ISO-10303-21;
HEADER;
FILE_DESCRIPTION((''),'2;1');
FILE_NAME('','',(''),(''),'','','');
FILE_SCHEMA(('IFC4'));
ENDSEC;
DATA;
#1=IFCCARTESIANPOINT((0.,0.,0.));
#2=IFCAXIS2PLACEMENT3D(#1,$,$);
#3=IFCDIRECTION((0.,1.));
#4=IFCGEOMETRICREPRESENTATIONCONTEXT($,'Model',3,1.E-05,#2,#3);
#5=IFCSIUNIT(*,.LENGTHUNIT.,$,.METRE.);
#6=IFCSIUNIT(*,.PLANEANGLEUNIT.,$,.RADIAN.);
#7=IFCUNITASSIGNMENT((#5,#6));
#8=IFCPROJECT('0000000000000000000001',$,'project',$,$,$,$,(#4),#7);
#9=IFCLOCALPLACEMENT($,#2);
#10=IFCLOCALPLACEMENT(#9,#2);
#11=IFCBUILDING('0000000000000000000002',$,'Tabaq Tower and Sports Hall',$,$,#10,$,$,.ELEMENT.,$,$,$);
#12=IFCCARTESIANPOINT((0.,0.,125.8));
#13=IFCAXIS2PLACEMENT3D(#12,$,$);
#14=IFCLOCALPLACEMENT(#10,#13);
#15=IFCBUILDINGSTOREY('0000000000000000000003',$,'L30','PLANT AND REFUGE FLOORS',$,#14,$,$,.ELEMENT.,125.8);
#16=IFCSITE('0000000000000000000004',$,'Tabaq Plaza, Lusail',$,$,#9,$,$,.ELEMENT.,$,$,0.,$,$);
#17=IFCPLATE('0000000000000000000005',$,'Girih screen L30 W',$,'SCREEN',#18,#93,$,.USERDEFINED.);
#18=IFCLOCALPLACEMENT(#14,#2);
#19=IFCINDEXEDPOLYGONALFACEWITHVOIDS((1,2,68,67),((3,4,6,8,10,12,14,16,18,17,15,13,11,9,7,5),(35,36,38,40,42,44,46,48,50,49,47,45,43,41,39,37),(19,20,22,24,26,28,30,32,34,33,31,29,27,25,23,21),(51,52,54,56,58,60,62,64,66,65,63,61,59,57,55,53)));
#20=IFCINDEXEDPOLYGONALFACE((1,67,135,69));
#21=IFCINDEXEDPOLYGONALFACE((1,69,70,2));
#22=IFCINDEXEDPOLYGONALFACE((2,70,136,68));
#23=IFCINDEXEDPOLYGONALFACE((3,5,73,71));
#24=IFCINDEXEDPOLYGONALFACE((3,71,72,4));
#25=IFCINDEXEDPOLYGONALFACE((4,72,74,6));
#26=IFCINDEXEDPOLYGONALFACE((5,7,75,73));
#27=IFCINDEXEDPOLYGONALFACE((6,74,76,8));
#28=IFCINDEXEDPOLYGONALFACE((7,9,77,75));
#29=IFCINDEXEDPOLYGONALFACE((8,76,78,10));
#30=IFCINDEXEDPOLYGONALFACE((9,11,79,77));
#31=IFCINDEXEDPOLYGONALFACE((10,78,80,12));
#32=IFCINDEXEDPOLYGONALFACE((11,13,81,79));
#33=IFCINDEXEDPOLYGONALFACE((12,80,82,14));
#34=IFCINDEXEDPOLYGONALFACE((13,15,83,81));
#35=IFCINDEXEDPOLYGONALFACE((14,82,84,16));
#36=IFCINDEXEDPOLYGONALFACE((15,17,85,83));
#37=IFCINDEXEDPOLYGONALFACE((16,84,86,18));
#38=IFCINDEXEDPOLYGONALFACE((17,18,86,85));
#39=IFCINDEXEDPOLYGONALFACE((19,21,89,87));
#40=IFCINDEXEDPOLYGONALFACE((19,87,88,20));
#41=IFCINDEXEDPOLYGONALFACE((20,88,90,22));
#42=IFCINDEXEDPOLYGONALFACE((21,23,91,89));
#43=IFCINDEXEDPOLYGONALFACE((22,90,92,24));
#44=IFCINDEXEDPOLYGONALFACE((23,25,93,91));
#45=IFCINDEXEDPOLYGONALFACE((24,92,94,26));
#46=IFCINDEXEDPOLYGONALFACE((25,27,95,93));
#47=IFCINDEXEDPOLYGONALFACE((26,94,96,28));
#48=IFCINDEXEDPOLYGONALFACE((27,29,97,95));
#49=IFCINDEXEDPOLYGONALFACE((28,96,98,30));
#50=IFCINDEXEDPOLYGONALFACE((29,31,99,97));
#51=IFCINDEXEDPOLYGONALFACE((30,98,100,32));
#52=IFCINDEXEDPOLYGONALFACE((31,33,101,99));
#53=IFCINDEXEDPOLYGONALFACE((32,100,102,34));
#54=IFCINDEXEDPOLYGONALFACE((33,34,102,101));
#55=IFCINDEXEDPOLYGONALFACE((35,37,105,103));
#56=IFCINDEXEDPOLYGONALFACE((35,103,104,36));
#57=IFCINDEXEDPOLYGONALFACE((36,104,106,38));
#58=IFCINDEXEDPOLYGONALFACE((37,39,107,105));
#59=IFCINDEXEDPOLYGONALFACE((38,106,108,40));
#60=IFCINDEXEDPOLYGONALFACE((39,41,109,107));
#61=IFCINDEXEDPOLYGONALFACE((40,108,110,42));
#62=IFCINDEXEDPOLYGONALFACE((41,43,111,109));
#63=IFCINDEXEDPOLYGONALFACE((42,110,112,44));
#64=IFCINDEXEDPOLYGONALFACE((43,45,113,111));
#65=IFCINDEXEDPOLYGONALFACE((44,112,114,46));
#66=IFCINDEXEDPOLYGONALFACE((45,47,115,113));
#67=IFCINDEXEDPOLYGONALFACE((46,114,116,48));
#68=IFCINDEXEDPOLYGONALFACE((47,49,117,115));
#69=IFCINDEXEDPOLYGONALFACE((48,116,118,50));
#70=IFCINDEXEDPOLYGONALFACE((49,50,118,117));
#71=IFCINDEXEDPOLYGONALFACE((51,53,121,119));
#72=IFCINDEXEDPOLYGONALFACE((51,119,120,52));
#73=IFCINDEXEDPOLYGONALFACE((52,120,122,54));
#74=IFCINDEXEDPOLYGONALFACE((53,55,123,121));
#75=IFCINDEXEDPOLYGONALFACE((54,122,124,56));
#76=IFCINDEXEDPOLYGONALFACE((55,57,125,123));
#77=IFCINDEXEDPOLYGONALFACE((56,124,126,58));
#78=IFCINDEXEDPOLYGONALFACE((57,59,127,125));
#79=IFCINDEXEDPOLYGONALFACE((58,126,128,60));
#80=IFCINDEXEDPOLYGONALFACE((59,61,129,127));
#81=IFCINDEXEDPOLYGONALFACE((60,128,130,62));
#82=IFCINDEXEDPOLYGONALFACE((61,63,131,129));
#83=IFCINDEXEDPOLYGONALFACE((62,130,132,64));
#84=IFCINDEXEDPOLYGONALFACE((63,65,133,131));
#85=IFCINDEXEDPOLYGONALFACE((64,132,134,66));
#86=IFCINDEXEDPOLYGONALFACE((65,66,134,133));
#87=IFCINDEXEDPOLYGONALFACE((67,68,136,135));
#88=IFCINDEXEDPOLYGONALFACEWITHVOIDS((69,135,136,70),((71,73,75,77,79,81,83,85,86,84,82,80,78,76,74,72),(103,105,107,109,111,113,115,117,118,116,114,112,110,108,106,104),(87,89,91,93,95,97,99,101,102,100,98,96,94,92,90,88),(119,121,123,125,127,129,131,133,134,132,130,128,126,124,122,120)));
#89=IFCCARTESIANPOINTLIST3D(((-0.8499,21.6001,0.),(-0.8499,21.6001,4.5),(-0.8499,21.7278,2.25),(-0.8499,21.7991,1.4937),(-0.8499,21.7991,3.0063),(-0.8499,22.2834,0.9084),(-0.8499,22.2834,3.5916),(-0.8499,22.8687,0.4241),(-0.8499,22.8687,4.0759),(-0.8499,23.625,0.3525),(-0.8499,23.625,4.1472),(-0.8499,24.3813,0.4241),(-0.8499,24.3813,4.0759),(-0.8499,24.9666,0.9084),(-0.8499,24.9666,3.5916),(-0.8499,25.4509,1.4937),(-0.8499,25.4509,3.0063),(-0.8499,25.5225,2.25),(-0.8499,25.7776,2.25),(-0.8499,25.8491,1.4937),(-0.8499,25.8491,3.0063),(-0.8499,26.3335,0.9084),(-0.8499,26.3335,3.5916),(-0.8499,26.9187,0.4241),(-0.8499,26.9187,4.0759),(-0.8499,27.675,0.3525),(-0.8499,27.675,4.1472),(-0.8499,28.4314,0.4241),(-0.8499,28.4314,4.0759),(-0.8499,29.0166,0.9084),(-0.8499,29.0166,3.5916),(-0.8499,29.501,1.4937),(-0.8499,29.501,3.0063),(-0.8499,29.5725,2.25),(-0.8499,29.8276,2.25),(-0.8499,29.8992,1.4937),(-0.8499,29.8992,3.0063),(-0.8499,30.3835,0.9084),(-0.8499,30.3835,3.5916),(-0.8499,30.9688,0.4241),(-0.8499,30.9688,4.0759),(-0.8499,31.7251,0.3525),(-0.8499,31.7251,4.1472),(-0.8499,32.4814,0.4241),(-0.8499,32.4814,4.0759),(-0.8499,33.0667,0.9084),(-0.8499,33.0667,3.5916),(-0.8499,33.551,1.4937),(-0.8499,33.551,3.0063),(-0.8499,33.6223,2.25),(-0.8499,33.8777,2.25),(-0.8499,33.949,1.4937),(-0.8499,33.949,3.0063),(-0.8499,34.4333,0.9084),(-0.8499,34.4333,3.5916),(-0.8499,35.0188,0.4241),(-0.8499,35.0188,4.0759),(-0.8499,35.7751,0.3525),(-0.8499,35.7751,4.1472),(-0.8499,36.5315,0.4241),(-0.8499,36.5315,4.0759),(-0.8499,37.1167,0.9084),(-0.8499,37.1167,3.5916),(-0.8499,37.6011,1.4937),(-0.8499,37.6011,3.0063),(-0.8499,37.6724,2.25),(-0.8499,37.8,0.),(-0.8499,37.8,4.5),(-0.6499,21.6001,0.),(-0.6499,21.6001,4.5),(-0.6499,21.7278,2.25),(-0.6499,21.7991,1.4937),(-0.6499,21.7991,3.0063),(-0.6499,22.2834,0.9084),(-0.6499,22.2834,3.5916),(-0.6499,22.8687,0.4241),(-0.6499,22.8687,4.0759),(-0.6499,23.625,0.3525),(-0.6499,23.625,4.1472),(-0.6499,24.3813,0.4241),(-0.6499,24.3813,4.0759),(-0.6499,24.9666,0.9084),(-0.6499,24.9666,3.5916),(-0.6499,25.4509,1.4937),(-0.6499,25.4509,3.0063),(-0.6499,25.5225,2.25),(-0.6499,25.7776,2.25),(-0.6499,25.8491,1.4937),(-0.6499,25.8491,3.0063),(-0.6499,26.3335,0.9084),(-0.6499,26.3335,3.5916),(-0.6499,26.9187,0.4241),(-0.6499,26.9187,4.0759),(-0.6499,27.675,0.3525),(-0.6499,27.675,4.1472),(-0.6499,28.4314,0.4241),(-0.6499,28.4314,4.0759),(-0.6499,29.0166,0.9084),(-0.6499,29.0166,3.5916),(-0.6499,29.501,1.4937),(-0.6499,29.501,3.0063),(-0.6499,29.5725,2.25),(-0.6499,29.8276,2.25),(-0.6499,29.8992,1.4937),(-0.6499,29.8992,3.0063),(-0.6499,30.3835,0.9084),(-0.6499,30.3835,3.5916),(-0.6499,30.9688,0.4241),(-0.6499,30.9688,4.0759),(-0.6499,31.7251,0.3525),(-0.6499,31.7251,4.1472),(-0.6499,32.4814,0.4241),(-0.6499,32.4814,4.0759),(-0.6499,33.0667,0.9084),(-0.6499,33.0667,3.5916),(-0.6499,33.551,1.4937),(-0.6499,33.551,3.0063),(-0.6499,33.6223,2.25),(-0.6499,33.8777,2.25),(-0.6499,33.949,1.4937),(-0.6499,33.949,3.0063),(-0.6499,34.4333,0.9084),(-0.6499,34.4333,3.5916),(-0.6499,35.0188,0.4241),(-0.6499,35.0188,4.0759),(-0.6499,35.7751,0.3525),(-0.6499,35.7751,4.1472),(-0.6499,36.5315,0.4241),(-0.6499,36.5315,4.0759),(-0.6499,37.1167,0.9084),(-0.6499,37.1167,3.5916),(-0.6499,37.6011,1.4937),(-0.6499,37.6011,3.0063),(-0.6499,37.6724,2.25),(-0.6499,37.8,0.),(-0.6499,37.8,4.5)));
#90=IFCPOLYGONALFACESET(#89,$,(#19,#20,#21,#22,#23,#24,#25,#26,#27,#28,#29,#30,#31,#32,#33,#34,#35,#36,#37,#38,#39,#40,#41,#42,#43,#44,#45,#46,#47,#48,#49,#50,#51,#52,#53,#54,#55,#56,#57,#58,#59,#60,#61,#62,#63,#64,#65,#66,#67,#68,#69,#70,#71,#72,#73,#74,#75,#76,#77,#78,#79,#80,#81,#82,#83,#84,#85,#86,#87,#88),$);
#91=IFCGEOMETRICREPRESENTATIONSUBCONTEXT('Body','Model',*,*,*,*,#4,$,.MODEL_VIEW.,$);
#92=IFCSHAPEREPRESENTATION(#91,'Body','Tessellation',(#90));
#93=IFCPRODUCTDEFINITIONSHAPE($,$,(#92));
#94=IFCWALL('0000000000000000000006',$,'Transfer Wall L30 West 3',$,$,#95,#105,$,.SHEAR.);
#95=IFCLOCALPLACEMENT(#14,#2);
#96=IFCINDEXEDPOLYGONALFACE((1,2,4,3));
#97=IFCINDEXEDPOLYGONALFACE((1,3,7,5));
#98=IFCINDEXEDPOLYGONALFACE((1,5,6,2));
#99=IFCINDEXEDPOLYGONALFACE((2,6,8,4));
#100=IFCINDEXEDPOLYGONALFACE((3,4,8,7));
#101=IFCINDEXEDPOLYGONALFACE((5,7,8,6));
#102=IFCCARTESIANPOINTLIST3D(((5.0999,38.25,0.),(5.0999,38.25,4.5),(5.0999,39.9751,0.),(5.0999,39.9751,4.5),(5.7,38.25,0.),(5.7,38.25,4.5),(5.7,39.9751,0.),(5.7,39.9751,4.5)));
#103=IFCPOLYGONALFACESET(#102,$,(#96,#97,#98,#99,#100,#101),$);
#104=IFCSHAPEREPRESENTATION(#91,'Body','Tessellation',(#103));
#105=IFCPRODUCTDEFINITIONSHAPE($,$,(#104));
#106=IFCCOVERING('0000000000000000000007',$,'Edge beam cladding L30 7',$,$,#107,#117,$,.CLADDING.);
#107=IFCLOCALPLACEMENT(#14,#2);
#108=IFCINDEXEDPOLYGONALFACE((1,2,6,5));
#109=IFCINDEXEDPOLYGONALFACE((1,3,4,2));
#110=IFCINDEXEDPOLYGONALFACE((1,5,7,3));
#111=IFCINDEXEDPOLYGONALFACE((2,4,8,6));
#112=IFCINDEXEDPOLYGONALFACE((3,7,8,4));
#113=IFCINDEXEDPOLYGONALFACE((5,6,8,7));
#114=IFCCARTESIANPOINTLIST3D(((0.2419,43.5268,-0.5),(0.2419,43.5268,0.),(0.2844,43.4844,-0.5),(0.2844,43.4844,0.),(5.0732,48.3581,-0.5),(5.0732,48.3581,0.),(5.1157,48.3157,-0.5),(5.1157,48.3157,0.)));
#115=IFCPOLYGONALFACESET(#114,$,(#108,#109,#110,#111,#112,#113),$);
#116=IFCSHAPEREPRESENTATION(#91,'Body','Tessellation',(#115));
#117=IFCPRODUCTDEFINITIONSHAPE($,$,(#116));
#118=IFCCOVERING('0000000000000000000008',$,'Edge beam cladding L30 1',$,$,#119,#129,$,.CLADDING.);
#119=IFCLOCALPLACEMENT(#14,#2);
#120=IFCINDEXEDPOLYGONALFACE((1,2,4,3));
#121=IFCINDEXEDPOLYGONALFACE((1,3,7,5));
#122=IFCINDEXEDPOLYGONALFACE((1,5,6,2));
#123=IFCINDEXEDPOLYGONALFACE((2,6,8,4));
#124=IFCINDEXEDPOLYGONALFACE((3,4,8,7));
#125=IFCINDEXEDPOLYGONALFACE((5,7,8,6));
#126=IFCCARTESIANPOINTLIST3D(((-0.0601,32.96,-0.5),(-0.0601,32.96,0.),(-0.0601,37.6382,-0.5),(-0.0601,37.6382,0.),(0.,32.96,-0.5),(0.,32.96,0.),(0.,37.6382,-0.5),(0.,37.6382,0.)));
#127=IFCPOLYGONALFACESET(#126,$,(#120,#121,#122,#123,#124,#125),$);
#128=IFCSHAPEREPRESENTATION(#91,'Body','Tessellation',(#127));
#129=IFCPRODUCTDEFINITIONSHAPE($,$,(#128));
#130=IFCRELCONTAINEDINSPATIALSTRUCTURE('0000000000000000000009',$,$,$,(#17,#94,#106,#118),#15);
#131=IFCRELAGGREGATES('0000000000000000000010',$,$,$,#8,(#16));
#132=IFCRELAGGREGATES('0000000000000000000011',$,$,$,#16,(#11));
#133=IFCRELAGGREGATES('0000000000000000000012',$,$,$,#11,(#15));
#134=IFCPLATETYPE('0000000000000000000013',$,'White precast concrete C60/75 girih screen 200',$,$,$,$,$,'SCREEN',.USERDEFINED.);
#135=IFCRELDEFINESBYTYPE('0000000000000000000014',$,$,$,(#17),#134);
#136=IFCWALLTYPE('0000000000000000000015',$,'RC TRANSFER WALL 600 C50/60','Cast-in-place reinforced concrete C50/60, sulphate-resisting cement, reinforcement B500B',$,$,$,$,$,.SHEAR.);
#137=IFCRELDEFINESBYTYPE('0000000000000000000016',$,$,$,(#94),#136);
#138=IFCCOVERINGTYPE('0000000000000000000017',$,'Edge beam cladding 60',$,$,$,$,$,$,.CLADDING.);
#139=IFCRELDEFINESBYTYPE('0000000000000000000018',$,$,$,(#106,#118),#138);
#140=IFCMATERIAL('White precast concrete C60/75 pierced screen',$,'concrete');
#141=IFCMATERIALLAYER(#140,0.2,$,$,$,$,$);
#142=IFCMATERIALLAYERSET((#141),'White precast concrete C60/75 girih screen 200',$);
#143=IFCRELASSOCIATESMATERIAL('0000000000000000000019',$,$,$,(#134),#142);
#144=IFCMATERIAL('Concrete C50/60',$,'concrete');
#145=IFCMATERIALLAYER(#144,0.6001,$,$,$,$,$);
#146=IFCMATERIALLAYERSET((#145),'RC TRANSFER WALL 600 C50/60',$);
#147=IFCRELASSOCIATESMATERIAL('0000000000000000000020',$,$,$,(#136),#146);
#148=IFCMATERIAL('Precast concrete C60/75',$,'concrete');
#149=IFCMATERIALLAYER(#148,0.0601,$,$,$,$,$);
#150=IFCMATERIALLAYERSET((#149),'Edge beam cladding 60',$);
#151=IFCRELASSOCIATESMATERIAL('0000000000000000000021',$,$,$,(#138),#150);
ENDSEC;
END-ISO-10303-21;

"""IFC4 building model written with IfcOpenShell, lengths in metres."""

from ifc_helpers import new_model, si_unit, direction, frame, frame_2d, origin, place, context, subcontext, project, spatial, polyline, rectangle, outline, extrude, material, layer, layer_set, type_object, element, save


model = new_model("IFC4")

# Units and contexts
model_context = context("Model", 3, precision=1e-05, world=origin(), true_north=direction((0.0, 1.0)))
body_context = subcontext(model_context, "Body", "Model", "MODEL_VIEW")
ifc_project = project(units=[si_unit("LENGTHUNIT", "METRE"), si_unit("PLANEANGLEUNIT", "RADIAN")], contexts=[model_context])

# Site, building, storey
site_placement = place(None, origin())
site = spatial("IfcSite", under=ifc_project, at=site_placement, Name="Tabaq Plaza, Lusail", CompositionType="ELEMENT", RefElevation=0.0)
building_placement = place(site_placement, origin())
building = spatial("IfcBuilding", under=site, at=building_placement, Name="Tabaq Tower and Sports Hall", CompositionType="ELEMENT")
storey_placement = place(building_placement, frame((0.0, 0.0, 125.8)))
storey = spatial("IfcBuildingStorey", under=building, at=storey_placement, Name="L30", Description="PLANT AND REFUGE FLOORS", CompositionType="ELEMENT", Elevation=125.8)

# Plate
ifc_material_1 = material(Name="White precast concrete C60/75 pierced screen", Category="concrete")
ifc_layer_1 = layer(ifc_material_1, 0.2)
ifc_layer_set_1 = layer_set([ifc_layer_1], Name="White precast concrete C60/75 girih screen 200")
plate_type_1 = type_object("IfcPlateType", Name="White precast concrete C60/75 girih screen 200", ElementType="SCREEN", PredefinedType="USERDEFINED", material=ifc_layer_set_1)
plate_1_placement = place(storey_placement, frame((-0.75, 37.8, 0.0), z_axis=(0.0, 0.0, 1.0), x_axis=(0.0, -1.0, 0.0)))
element("IfcPlate", 1, at=plate_1_placement, inside=storey, type_object=plate_type_1, Name="Girih screen L30 W", ObjectType="SCREEN", PredefinedType="USERDEFINED", context=body_context, shape_type="SweptSolid", body=[
    extrude(outline(polyline([(0.0, 0.0), (16.2, 0.0), (16.2, 4.5), (0.0, 4.5), (0.0, 0.0)]), holes=[polyline([(3.8511, 3.0063), (3.3667, 3.5916), (2.7812, 4.0759), (2.0249, 4.1472), (1.2686, 4.0759), (0.6833, 3.5916), (0.199, 3.0063), (0.1277, 2.25), (0.199, 1.4937), (0.6833, 0.9084), (1.2686, 0.4241), (2.0249, 0.3525), (2.7812, 0.4241), (3.3667, 0.9084), (3.8511, 1.4937), (3.9224, 2.25), (3.8511, 3.0063)]), polyline([(7.9009, 3.0063), (7.4165, 3.5916), (6.8313, 4.0759), (6.075, 4.1472), (5.3186, 4.0759), (4.7334, 3.5916), (4.249, 3.0063), (4.1777, 2.25), (4.249, 1.4937), (4.7334, 0.9084), (5.3186, 0.4241), (6.075, 0.3525), (6.8313, 0.4241), (7.4165, 0.9084), (7.9009, 1.4937), (7.9724, 2.25), (7.9009, 3.0063)]), polyline([(11.9509, 3.0063), (11.4666, 3.5916), (10.8813, 4.0759), (10.125, 4.1472), (9.3687, 4.0759), (8.7834, 3.5916), (8.2991, 3.0063), (8.2275, 2.25), (8.2991, 1.4937), (8.7834, 0.9084), (9.3687, 0.4241), (10.125, 0.3525), (10.8813, 0.4241), (11.4666, 0.9084), (11.9509, 1.4937), (12.0225, 2.25), (11.9509, 3.0063)]), polyline([(16.001, 3.0063), (15.5166, 3.5916), (14.9314, 4.0759), (14.175, 4.1472), (13.4187, 4.0759), (12.8335, 3.5916), (12.3491, 3.0063), (12.2776, 2.25), (12.3491, 1.4937), (12.8335, 0.9084), (13.4187, 0.4241), (14.175, 0.3525), (14.9314, 0.4241), (15.5166, 0.9084), (16.001, 1.4937), (16.0723, 2.25), (16.001, 3.0063)])]), frame((0.0, 0.1001, 0.0), z_axis=(0.0, -1.0, 0.0), x_axis=(1.0, 0.0, 0.0)), (0.0, 0.0, 1.0), 0.2),
])

# Wall
ifc_material_2 = material(Name="Concrete C50/60", Category="concrete")
ifc_layer_2 = layer(ifc_material_2, 0.6001)
ifc_layer_set_2 = layer_set([ifc_layer_2], Name="RC TRANSFER WALL 600 C50/60")
wall_type = type_object("IfcWallType", Name="RC TRANSFER WALL 600 C50/60", Description="Cast-in-place reinforced concrete C50/60, sulphate-resisting cement, reinforcement B500B", PredefinedType="SHEAR", material=ifc_layer_set_2)
wall_placement = place(storey_placement, frame((5.3999, 38.25, 0.0), z_axis=(0.0, 0.0, 1.0), x_axis=(0.0, 1.0, 0.0)))
element("IfcWall", 2, at=wall_placement, inside=storey, type_object=wall_type, Name="Transfer Wall L30 West 3", PredefinedType="SHEAR", context=body_context, shape_type="SweptSolid", body=[
    extrude(rectangle(XDim=1.7251, YDim=0.6001, at=frame_2d((0.8625, 0.0))), origin(), (0.0, 0.0, 1.0), 4.5),
])

# Coverings
ifc_material_3 = material(Name="Precast concrete C60/75", Category="concrete")
ifc_layer_3 = layer(ifc_material_3, 0.0601)
ifc_layer_set_3 = layer_set([ifc_layer_3], Name="Edge beam cladding 60")
covering_type_1 = type_object("IfcCoveringType", Name="Edge beam cladding 60", PredefinedType="CLADDING", material=ifc_layer_set_3)
covering_1_placement = place(storey_placement, frame((5.0945, 48.3369, -0.5), z_axis=(0.0, 0.0, 1.0), x_axis=(-0.707107, -0.707107, 0.0)))
element("IfcCovering", 3, at=covering_1_placement, inside=storey, type_object=covering_type_1, Name="Edge beam cladding L30 7", PredefinedType="CLADDING", context=body_context, shape_type="SweptSolid", body=[
    extrude(rectangle(XDim=6.8325, YDim=0.0601, at=frame_2d((3.4163, 0.0))), origin(), (0.0, 0.0, 1.0), 0.5),
])
covering_2_placement = place(storey_placement, frame((-0.03, 37.6382, -0.5), z_axis=(0.0, 0.0, 1.0), x_axis=(0.0, -1.0, 0.0)))
element("IfcCovering", 4, at=covering_2_placement, inside=storey, type_object=covering_type_1, Name="Edge beam cladding L30 1", PredefinedType="CLADDING", context=body_context, shape_type="SweptSolid", body=[
    extrude(rectangle(XDim=4.6782, YDim=0.0601, at=frame_2d((2.3391, 0.0))), origin(), (0.0, 0.0, 1.0), 0.5),
])

save(model, "model.ifc")
